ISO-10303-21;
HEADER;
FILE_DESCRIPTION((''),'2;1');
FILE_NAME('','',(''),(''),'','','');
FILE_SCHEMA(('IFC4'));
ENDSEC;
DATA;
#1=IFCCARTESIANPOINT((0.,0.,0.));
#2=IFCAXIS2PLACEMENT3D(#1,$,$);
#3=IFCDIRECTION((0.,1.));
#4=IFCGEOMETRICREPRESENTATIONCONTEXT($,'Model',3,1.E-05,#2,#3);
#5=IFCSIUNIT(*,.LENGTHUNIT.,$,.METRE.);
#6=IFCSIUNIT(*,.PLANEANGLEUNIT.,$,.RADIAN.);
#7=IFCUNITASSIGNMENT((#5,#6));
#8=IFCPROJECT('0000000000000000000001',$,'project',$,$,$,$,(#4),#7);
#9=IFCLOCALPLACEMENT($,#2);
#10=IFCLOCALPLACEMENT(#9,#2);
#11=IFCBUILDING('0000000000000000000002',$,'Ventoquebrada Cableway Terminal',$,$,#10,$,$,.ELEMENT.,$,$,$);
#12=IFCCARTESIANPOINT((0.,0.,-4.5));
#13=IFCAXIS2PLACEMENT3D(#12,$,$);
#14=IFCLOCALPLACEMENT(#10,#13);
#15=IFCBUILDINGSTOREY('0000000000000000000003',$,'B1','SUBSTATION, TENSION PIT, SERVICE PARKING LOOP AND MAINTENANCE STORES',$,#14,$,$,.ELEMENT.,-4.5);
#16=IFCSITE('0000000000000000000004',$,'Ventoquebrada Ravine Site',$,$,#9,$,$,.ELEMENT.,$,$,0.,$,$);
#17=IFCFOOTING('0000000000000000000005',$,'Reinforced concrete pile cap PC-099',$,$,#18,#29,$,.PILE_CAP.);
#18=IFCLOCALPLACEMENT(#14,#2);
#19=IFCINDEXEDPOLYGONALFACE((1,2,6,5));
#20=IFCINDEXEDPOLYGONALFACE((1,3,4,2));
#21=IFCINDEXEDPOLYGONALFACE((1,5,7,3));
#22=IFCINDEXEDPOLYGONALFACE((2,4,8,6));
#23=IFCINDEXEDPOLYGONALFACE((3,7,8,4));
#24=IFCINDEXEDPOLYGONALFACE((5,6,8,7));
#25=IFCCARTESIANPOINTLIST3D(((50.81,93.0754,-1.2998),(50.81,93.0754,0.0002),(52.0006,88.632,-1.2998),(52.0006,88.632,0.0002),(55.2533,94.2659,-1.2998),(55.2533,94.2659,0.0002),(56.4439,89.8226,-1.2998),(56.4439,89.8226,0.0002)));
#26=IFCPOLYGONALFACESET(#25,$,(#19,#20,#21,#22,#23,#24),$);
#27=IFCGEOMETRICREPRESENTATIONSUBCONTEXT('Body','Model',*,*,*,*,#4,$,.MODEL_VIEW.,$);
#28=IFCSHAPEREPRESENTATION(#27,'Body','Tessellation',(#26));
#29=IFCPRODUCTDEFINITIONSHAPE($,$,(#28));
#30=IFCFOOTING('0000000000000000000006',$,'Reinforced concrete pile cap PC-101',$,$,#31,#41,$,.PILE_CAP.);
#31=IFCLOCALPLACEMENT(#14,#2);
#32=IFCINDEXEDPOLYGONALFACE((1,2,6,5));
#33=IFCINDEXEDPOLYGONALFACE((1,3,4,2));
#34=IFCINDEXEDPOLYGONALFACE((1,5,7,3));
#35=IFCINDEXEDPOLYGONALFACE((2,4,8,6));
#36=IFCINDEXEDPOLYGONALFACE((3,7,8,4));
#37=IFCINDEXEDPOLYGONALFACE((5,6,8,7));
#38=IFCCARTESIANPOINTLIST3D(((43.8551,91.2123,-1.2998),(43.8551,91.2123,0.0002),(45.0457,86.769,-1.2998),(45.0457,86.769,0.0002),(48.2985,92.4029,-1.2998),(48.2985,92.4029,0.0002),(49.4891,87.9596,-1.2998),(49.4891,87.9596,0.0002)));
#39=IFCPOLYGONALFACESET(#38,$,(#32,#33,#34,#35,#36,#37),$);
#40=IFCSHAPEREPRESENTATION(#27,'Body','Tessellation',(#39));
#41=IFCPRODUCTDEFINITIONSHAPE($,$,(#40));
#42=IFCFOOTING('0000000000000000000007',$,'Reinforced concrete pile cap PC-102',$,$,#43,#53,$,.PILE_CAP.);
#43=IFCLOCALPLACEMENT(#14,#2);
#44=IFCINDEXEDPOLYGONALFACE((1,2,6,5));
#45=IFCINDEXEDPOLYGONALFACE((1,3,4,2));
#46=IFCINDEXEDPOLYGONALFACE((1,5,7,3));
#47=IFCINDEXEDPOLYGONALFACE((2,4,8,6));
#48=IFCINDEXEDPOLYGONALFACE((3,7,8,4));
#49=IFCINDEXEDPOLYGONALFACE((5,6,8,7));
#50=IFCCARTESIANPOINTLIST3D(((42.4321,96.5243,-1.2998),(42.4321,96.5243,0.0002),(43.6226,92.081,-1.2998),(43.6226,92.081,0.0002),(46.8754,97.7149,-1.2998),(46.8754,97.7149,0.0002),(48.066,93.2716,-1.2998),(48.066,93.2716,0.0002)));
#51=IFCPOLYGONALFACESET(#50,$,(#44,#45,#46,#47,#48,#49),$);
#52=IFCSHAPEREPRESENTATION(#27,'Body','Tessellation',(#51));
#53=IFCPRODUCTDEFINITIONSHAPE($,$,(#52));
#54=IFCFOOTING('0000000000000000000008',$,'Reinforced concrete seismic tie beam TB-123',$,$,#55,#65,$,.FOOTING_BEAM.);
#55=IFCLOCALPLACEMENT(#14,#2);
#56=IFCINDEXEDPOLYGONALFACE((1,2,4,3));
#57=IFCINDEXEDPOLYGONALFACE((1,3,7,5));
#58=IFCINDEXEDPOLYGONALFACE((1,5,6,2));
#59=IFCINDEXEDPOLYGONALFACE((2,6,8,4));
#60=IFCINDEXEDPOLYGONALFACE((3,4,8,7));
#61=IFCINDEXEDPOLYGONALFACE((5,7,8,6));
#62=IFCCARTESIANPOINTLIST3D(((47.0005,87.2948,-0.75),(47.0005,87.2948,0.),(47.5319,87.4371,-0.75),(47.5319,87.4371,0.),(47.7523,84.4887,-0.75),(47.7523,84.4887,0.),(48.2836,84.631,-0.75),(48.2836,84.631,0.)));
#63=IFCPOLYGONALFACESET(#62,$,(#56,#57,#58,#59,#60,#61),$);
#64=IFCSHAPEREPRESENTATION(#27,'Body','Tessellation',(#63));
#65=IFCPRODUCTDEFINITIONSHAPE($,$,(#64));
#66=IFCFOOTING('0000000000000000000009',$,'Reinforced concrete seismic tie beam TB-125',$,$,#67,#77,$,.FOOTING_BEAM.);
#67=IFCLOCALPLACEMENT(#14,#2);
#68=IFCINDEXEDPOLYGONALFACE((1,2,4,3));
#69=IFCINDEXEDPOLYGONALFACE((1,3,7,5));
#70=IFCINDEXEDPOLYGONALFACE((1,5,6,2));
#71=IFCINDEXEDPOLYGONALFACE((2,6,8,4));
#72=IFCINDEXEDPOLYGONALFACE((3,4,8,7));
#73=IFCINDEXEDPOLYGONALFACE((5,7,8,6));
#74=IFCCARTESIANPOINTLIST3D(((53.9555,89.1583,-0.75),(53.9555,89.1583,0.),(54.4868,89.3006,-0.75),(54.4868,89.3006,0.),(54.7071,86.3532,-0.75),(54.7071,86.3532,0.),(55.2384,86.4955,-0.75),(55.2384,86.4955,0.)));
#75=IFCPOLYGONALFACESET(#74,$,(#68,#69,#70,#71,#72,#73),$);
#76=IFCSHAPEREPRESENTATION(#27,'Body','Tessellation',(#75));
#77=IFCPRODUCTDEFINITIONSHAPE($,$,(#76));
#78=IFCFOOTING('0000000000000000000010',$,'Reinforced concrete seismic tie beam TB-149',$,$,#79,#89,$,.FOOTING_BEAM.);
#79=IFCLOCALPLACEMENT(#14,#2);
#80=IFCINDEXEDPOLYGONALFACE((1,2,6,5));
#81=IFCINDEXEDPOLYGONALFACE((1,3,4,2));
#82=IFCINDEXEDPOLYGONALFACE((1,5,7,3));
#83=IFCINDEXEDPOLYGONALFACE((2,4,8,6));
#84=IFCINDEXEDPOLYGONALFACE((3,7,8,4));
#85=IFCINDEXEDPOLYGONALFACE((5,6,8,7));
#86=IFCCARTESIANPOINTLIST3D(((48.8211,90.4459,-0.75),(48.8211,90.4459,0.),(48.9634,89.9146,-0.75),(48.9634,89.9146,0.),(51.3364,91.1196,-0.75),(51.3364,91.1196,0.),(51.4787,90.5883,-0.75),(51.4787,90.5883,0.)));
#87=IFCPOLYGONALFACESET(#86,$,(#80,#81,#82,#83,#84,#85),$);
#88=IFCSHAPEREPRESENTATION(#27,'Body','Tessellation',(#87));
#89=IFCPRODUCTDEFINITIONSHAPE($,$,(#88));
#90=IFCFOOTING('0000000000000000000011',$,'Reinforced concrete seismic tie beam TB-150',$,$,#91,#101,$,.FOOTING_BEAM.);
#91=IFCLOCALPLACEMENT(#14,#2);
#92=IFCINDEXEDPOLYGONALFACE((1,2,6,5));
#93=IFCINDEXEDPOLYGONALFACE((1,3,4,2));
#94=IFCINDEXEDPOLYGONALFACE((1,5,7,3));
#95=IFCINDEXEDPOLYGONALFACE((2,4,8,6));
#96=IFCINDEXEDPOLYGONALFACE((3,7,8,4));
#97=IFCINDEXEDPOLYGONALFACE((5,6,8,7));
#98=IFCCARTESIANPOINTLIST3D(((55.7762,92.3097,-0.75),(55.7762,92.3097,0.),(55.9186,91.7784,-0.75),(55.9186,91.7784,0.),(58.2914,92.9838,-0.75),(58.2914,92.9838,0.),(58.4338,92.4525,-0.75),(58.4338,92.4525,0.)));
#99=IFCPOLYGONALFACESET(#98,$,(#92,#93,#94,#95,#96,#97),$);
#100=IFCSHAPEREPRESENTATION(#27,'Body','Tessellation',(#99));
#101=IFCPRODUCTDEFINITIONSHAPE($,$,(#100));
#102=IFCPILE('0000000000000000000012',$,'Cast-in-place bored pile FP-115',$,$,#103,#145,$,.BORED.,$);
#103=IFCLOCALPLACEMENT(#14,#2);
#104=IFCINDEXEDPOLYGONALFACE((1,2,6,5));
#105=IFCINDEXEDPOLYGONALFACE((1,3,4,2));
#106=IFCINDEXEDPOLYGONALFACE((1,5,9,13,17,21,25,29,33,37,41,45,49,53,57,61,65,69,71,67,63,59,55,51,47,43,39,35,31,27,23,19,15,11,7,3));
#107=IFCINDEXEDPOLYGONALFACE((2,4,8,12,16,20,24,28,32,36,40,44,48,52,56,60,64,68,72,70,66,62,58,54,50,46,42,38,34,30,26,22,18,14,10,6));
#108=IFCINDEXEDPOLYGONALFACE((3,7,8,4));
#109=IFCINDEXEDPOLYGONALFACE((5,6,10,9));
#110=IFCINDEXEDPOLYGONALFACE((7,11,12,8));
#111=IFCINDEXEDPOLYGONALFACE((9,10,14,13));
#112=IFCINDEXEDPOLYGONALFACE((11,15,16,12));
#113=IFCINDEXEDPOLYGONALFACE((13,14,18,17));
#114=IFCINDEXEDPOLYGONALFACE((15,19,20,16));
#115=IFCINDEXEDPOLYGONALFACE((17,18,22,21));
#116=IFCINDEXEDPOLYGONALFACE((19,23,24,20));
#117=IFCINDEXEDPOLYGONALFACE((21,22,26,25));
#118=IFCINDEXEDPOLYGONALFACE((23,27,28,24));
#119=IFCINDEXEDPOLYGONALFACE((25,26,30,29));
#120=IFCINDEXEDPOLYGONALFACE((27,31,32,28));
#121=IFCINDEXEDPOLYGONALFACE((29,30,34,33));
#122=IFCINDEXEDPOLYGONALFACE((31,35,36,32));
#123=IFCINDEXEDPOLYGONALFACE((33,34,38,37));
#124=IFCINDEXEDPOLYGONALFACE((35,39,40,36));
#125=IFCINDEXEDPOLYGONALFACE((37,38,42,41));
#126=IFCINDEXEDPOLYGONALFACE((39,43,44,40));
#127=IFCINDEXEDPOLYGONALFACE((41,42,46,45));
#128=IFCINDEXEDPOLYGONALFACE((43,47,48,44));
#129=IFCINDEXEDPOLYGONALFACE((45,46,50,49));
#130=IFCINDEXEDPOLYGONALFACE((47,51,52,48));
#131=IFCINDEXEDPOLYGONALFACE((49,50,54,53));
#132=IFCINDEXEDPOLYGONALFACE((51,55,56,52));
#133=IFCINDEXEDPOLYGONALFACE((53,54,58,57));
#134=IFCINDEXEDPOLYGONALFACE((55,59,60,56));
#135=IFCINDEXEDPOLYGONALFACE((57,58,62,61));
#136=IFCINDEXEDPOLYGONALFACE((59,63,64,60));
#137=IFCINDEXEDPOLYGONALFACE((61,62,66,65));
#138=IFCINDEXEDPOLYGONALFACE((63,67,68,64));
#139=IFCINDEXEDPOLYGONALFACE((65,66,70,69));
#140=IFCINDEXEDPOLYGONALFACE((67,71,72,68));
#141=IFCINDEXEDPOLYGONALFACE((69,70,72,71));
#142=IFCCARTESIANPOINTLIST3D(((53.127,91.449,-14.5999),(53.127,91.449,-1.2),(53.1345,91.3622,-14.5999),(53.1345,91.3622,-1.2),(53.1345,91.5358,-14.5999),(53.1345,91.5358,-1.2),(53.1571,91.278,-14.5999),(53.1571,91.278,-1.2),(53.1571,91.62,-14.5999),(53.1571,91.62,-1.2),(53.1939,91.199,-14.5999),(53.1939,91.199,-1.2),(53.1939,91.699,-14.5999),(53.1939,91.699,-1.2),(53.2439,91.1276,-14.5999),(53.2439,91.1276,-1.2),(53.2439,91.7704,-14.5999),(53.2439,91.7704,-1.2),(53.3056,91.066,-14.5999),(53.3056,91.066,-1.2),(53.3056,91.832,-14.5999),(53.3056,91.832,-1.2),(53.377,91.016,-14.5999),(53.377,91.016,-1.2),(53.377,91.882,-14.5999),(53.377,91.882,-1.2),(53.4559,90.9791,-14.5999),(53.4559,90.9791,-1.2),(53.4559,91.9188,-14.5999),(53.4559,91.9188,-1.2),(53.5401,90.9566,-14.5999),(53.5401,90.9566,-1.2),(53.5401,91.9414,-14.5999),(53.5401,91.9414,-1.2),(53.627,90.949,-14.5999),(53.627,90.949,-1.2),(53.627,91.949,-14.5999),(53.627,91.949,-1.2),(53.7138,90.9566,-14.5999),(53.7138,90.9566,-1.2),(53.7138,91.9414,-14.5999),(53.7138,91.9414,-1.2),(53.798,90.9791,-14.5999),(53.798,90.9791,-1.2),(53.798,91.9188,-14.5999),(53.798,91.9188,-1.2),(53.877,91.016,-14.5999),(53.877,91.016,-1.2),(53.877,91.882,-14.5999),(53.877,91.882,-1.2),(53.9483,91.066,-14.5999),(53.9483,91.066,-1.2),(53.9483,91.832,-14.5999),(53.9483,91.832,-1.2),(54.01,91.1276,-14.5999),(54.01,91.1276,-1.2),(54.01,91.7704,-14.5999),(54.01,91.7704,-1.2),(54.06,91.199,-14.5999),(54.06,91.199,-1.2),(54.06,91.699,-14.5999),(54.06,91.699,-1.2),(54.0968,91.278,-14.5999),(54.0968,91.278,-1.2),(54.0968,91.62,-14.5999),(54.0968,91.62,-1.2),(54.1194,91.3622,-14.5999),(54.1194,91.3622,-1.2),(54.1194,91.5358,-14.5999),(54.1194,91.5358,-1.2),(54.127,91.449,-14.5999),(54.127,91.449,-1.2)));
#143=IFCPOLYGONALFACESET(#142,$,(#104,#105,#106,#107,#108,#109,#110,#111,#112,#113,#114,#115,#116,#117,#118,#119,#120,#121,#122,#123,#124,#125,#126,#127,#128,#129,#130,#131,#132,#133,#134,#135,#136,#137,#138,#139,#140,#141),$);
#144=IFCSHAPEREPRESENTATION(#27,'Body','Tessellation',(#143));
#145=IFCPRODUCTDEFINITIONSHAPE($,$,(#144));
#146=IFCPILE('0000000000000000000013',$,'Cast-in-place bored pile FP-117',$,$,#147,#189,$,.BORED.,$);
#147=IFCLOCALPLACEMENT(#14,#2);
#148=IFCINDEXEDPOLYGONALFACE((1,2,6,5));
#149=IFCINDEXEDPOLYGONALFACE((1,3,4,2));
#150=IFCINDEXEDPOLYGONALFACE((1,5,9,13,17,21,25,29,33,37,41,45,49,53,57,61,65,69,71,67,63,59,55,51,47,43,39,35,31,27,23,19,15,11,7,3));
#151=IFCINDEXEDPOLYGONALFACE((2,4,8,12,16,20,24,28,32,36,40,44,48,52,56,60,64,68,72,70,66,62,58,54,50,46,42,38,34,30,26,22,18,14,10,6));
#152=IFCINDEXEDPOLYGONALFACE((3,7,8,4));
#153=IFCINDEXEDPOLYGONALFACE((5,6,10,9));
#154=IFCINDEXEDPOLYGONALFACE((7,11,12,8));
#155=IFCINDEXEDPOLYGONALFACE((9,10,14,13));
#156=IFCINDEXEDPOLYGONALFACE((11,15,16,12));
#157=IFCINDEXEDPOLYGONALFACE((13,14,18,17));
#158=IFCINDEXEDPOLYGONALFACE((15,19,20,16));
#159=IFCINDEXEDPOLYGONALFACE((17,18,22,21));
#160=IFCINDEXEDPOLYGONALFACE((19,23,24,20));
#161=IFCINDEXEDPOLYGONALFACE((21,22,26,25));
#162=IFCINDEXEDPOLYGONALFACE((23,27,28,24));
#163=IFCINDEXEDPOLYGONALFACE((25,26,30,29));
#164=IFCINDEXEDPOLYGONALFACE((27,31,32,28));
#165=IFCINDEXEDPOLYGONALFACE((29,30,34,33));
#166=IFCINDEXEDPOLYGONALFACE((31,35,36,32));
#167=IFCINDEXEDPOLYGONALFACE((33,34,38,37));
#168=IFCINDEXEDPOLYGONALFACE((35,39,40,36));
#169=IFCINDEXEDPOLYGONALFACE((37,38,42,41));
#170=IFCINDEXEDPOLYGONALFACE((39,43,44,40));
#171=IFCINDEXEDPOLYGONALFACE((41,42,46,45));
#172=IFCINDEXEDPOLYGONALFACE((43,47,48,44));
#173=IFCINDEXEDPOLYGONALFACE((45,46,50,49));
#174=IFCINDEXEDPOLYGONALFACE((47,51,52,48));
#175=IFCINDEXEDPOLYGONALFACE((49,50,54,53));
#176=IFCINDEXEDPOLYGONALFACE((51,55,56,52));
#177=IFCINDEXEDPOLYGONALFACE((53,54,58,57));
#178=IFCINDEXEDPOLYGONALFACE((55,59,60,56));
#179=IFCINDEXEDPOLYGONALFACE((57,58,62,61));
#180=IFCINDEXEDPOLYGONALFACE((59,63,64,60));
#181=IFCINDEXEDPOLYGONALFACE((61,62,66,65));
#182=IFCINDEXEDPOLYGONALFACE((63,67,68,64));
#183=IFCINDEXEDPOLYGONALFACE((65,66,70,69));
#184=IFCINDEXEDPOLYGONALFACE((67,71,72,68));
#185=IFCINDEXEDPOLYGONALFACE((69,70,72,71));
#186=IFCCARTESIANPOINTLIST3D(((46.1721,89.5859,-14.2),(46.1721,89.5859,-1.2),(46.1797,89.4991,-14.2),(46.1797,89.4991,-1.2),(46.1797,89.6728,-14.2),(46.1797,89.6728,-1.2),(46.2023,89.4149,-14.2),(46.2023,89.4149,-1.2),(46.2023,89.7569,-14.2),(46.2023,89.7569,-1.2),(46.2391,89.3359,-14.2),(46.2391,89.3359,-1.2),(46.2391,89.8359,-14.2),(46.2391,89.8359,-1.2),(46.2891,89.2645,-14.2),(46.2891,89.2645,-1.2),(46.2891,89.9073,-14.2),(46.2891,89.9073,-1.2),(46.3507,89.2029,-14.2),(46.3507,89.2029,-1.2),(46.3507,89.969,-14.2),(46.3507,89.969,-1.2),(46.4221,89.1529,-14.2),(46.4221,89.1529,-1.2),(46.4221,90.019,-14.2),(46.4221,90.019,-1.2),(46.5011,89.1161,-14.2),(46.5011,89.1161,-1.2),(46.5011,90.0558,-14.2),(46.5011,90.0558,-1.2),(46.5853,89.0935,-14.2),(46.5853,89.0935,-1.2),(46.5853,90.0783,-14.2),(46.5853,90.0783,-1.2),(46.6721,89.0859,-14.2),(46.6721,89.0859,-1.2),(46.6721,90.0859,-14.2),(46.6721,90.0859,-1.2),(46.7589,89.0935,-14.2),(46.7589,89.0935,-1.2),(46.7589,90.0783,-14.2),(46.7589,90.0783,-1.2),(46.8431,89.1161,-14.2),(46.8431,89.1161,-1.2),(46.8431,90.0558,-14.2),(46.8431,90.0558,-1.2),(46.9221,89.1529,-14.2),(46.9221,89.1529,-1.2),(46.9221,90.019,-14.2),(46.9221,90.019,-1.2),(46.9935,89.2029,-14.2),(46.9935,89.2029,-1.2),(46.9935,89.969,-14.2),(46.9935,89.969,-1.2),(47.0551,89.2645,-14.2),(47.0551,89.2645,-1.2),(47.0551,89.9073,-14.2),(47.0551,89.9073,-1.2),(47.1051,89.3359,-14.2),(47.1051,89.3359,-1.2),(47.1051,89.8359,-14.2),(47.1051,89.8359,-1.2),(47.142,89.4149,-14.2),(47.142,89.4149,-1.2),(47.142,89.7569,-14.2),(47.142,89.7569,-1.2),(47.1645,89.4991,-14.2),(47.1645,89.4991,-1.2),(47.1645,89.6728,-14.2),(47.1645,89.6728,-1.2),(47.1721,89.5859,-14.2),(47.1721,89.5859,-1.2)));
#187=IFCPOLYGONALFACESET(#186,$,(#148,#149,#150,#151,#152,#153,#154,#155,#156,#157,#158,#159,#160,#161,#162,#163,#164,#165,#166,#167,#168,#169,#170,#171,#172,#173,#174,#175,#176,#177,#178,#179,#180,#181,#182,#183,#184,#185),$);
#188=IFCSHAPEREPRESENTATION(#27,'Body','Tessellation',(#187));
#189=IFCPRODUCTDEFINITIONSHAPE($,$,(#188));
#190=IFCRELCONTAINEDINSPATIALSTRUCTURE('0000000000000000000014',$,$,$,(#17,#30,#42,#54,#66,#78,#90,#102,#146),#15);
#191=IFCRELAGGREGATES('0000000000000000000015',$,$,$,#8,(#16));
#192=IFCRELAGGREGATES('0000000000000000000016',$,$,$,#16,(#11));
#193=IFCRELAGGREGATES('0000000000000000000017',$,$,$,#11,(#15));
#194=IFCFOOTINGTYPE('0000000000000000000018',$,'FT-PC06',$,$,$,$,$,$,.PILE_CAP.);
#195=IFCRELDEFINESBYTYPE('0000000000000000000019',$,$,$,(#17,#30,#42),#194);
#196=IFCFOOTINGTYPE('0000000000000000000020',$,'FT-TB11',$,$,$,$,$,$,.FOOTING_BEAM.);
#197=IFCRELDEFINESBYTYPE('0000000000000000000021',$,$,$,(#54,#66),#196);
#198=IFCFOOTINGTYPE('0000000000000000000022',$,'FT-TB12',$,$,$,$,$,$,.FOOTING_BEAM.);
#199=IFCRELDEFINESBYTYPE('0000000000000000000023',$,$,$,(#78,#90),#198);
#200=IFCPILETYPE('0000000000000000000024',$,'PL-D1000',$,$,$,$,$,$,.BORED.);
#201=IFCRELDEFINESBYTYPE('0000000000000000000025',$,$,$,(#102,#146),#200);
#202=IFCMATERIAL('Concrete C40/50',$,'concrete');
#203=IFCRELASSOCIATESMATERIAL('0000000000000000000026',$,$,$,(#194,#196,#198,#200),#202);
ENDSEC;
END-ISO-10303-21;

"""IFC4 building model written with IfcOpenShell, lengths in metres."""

from ifc_helpers import new_model, si_unit, direction, frame, origin, origin_2d, place, context, subcontext, project, spatial, rectangle, circle, extrude, material, material_profile, profile_set, type_object, element, save


model = new_model("IFC4")

# Units and contexts
model_context = context("Model", 3, precision=1e-05, world=origin(), true_north=direction((0.0, 1.0)))
body_context = subcontext(model_context, "Body", "Model", "MODEL_VIEW")
ifc_project = project(units=[si_unit("LENGTHUNIT", "METRE"), si_unit("PLANEANGLEUNIT", "RADIAN")], contexts=[model_context])

# Site, building, storey
site_placement = place(None, origin())
site = spatial("IfcSite", under=ifc_project, at=site_placement, Name="Ventoquebrada Ravine Site", CompositionType="ELEMENT", RefElevation=0.0)
building_placement = place(site_placement, origin())
building = spatial("IfcBuilding", under=site, at=building_placement, Name="Ventoquebrada Cableway Terminal", CompositionType="ELEMENT")
storey_placement = place(building_placement, frame((0.0, 0.0, -4.5)))
storey = spatial("IfcBuildingStorey", under=building, at=storey_placement, Name="B1", Description="SUBSTATION, TENSION PIT, SERVICE PARKING LOOP AND MAINTENANCE STORES", CompositionType="ELEMENT", Elevation=-4.5)

# Footings
ifc_material_1 = material(Name="Concrete C40/50", Category="concrete")
footing_type_1 = type_object("IfcFootingType", Name="FT-PC06", PredefinedType="PILE_CAP", material=ifc_material_1)
for number, where, z_axis, x_axis, name in (
    (1, (53.627, 91.449, -1.2998), (0.0, 0.0, 1.0), (0.965926, 0.258819, 0.0), "Reinforced concrete pile cap PC-099"),
    (2, (46.6721, 89.5859, -1.2998), (0.0, 0.0, 1.0), (0.965926, 0.258819, 0.0), "Reinforced concrete pile cap PC-101"),
    (3, (45.249, 94.8979, -1.2998), (0.0, 0.0, 1.0), (0.965926, 0.258819, 0.0), "Reinforced concrete pile cap PC-102"),
):
    element("IfcFooting", number, at=place(storey_placement, frame(where, z_axis=z_axis, x_axis=x_axis)), inside=storey, type_object=footing_type_1, Name=name, PredefinedType="PILE_CAP", context=body_context, shape_type="SweptSolid", body=[
        extrude(rectangle(XDim=4.6001, YDim=4.6001, at=origin_2d()), origin(), (0.0, 0.0, 1.0), 1.3),
    ])
footing_type_2 = type_object("IfcFootingType", Name="FT-TB11", PredefinedType="FOOTING_BEAM", material=ifc_material_1)
footing_1_placement = place(storey_placement, frame((47.6421, 85.9629, -0.75), z_axis=(0.0, 0.0, 1.0), x_axis=(-0.258785, 0.965935, 0.0)))
element("IfcFooting", 4, at=footing_1_placement, inside=storey, type_object=footing_type_2, Name="Reinforced concrete seismic tie beam TB-123", PredefinedType="FOOTING_BEAM", context=body_context, shape_type="SweptSolid", body=[
    extrude(rectangle(XDim=2.905, YDim=0.55, at=origin_2d()), origin(), (0.0, 0.0, 1.0), 0.75),
])
footing_2_placement = place(storey_placement, frame((54.5969, 87.8269, -0.75), z_axis=(0.0, 0.0, 1.0), x_axis=(-0.258819, 0.965926, 0.0)))
element("IfcFooting", 5, at=footing_2_placement, inside=storey, type_object=footing_type_2, Name="Reinforced concrete seismic tie beam TB-125", PredefinedType="FOOTING_BEAM", context=body_context, shape_type="SweptSolid", body=[
    extrude(rectangle(XDim=2.9041, YDim=0.55, at=origin_2d()), origin(), (0.0, 0.0, 1.0), 0.75),
])
footing_type_3 = type_object("IfcFootingType", Name="FT-TB12", PredefinedType="FOOTING_BEAM", material=ifc_material_1)
for number, where, z_axis, x_axis, name in (
    (6, (50.1499, 90.5171, -0.75), (0.0, 0.0, 1.0), (0.965948, 0.258735, 0.0), "Reinforced concrete seismic tie beam TB-149"),
    (7, (57.105, 92.3811, -0.75), (0.0, 0.0, 1.0), (0.965912, 0.25887, 0.0), "Reinforced concrete seismic tie beam TB-150"),
):
    element("IfcFooting", number, at=place(storey_placement, frame(where, z_axis=z_axis, x_axis=x_axis)), inside=storey, type_object=footing_type_3, Name=name, PredefinedType="FOOTING_BEAM", context=body_context, shape_type="SweptSolid", body=[
        extrude(rectangle(XDim=2.604, YDim=0.55, at=origin_2d()), origin(), (0.0, 0.0, 1.0), 0.75),
    ])

# Piles
ifc_material_profile_1 = material_profile(ifc_material_1, circle(Radius=0.5, at=origin_2d()), Name="PILE-D1000")
ifc_profile_set_1 = profile_set([ifc_material_profile_1], Name="Concrete C40/50")
pile_type = type_object("IfcPileType", Name="PL-D1000", PredefinedType="BORED", material=ifc_profile_set_1)
pile_1_placement = place(storey_placement, frame((53.627, 91.449, -1.2), z_axis=(0.0, 0.0, -1.0), x_axis=(1.0, 0.0, 0.0)))
element("IfcPile", 8, at=pile_1_placement, inside=storey, type_object=pile_type, Name="Cast-in-place bored pile FP-115", PredefinedType="BORED", context=body_context, shape_type="SweptSolid", body=[
    extrude(circle(Radius=0.5, at=origin_2d()), origin(), (0.0, 0.0, 1.0), 13.3999),
])
pile_2_placement = place(storey_placement, frame((46.6721, 89.5859, -1.2), z_axis=(0.0, 0.0, -1.0), x_axis=(1.0, 0.0, 0.0)))
element("IfcPile", 9, at=pile_2_placement, inside=storey, type_object=pile_type, Name="Cast-in-place bored pile FP-117", PredefinedType="BORED", context=body_context, shape_type="SweptSolid", body=[
    extrude(circle(Radius=0.5, at=origin_2d()), origin(), (0.0, 0.0, 1.0), 13.0),
])

save(model, "model.ifc")
